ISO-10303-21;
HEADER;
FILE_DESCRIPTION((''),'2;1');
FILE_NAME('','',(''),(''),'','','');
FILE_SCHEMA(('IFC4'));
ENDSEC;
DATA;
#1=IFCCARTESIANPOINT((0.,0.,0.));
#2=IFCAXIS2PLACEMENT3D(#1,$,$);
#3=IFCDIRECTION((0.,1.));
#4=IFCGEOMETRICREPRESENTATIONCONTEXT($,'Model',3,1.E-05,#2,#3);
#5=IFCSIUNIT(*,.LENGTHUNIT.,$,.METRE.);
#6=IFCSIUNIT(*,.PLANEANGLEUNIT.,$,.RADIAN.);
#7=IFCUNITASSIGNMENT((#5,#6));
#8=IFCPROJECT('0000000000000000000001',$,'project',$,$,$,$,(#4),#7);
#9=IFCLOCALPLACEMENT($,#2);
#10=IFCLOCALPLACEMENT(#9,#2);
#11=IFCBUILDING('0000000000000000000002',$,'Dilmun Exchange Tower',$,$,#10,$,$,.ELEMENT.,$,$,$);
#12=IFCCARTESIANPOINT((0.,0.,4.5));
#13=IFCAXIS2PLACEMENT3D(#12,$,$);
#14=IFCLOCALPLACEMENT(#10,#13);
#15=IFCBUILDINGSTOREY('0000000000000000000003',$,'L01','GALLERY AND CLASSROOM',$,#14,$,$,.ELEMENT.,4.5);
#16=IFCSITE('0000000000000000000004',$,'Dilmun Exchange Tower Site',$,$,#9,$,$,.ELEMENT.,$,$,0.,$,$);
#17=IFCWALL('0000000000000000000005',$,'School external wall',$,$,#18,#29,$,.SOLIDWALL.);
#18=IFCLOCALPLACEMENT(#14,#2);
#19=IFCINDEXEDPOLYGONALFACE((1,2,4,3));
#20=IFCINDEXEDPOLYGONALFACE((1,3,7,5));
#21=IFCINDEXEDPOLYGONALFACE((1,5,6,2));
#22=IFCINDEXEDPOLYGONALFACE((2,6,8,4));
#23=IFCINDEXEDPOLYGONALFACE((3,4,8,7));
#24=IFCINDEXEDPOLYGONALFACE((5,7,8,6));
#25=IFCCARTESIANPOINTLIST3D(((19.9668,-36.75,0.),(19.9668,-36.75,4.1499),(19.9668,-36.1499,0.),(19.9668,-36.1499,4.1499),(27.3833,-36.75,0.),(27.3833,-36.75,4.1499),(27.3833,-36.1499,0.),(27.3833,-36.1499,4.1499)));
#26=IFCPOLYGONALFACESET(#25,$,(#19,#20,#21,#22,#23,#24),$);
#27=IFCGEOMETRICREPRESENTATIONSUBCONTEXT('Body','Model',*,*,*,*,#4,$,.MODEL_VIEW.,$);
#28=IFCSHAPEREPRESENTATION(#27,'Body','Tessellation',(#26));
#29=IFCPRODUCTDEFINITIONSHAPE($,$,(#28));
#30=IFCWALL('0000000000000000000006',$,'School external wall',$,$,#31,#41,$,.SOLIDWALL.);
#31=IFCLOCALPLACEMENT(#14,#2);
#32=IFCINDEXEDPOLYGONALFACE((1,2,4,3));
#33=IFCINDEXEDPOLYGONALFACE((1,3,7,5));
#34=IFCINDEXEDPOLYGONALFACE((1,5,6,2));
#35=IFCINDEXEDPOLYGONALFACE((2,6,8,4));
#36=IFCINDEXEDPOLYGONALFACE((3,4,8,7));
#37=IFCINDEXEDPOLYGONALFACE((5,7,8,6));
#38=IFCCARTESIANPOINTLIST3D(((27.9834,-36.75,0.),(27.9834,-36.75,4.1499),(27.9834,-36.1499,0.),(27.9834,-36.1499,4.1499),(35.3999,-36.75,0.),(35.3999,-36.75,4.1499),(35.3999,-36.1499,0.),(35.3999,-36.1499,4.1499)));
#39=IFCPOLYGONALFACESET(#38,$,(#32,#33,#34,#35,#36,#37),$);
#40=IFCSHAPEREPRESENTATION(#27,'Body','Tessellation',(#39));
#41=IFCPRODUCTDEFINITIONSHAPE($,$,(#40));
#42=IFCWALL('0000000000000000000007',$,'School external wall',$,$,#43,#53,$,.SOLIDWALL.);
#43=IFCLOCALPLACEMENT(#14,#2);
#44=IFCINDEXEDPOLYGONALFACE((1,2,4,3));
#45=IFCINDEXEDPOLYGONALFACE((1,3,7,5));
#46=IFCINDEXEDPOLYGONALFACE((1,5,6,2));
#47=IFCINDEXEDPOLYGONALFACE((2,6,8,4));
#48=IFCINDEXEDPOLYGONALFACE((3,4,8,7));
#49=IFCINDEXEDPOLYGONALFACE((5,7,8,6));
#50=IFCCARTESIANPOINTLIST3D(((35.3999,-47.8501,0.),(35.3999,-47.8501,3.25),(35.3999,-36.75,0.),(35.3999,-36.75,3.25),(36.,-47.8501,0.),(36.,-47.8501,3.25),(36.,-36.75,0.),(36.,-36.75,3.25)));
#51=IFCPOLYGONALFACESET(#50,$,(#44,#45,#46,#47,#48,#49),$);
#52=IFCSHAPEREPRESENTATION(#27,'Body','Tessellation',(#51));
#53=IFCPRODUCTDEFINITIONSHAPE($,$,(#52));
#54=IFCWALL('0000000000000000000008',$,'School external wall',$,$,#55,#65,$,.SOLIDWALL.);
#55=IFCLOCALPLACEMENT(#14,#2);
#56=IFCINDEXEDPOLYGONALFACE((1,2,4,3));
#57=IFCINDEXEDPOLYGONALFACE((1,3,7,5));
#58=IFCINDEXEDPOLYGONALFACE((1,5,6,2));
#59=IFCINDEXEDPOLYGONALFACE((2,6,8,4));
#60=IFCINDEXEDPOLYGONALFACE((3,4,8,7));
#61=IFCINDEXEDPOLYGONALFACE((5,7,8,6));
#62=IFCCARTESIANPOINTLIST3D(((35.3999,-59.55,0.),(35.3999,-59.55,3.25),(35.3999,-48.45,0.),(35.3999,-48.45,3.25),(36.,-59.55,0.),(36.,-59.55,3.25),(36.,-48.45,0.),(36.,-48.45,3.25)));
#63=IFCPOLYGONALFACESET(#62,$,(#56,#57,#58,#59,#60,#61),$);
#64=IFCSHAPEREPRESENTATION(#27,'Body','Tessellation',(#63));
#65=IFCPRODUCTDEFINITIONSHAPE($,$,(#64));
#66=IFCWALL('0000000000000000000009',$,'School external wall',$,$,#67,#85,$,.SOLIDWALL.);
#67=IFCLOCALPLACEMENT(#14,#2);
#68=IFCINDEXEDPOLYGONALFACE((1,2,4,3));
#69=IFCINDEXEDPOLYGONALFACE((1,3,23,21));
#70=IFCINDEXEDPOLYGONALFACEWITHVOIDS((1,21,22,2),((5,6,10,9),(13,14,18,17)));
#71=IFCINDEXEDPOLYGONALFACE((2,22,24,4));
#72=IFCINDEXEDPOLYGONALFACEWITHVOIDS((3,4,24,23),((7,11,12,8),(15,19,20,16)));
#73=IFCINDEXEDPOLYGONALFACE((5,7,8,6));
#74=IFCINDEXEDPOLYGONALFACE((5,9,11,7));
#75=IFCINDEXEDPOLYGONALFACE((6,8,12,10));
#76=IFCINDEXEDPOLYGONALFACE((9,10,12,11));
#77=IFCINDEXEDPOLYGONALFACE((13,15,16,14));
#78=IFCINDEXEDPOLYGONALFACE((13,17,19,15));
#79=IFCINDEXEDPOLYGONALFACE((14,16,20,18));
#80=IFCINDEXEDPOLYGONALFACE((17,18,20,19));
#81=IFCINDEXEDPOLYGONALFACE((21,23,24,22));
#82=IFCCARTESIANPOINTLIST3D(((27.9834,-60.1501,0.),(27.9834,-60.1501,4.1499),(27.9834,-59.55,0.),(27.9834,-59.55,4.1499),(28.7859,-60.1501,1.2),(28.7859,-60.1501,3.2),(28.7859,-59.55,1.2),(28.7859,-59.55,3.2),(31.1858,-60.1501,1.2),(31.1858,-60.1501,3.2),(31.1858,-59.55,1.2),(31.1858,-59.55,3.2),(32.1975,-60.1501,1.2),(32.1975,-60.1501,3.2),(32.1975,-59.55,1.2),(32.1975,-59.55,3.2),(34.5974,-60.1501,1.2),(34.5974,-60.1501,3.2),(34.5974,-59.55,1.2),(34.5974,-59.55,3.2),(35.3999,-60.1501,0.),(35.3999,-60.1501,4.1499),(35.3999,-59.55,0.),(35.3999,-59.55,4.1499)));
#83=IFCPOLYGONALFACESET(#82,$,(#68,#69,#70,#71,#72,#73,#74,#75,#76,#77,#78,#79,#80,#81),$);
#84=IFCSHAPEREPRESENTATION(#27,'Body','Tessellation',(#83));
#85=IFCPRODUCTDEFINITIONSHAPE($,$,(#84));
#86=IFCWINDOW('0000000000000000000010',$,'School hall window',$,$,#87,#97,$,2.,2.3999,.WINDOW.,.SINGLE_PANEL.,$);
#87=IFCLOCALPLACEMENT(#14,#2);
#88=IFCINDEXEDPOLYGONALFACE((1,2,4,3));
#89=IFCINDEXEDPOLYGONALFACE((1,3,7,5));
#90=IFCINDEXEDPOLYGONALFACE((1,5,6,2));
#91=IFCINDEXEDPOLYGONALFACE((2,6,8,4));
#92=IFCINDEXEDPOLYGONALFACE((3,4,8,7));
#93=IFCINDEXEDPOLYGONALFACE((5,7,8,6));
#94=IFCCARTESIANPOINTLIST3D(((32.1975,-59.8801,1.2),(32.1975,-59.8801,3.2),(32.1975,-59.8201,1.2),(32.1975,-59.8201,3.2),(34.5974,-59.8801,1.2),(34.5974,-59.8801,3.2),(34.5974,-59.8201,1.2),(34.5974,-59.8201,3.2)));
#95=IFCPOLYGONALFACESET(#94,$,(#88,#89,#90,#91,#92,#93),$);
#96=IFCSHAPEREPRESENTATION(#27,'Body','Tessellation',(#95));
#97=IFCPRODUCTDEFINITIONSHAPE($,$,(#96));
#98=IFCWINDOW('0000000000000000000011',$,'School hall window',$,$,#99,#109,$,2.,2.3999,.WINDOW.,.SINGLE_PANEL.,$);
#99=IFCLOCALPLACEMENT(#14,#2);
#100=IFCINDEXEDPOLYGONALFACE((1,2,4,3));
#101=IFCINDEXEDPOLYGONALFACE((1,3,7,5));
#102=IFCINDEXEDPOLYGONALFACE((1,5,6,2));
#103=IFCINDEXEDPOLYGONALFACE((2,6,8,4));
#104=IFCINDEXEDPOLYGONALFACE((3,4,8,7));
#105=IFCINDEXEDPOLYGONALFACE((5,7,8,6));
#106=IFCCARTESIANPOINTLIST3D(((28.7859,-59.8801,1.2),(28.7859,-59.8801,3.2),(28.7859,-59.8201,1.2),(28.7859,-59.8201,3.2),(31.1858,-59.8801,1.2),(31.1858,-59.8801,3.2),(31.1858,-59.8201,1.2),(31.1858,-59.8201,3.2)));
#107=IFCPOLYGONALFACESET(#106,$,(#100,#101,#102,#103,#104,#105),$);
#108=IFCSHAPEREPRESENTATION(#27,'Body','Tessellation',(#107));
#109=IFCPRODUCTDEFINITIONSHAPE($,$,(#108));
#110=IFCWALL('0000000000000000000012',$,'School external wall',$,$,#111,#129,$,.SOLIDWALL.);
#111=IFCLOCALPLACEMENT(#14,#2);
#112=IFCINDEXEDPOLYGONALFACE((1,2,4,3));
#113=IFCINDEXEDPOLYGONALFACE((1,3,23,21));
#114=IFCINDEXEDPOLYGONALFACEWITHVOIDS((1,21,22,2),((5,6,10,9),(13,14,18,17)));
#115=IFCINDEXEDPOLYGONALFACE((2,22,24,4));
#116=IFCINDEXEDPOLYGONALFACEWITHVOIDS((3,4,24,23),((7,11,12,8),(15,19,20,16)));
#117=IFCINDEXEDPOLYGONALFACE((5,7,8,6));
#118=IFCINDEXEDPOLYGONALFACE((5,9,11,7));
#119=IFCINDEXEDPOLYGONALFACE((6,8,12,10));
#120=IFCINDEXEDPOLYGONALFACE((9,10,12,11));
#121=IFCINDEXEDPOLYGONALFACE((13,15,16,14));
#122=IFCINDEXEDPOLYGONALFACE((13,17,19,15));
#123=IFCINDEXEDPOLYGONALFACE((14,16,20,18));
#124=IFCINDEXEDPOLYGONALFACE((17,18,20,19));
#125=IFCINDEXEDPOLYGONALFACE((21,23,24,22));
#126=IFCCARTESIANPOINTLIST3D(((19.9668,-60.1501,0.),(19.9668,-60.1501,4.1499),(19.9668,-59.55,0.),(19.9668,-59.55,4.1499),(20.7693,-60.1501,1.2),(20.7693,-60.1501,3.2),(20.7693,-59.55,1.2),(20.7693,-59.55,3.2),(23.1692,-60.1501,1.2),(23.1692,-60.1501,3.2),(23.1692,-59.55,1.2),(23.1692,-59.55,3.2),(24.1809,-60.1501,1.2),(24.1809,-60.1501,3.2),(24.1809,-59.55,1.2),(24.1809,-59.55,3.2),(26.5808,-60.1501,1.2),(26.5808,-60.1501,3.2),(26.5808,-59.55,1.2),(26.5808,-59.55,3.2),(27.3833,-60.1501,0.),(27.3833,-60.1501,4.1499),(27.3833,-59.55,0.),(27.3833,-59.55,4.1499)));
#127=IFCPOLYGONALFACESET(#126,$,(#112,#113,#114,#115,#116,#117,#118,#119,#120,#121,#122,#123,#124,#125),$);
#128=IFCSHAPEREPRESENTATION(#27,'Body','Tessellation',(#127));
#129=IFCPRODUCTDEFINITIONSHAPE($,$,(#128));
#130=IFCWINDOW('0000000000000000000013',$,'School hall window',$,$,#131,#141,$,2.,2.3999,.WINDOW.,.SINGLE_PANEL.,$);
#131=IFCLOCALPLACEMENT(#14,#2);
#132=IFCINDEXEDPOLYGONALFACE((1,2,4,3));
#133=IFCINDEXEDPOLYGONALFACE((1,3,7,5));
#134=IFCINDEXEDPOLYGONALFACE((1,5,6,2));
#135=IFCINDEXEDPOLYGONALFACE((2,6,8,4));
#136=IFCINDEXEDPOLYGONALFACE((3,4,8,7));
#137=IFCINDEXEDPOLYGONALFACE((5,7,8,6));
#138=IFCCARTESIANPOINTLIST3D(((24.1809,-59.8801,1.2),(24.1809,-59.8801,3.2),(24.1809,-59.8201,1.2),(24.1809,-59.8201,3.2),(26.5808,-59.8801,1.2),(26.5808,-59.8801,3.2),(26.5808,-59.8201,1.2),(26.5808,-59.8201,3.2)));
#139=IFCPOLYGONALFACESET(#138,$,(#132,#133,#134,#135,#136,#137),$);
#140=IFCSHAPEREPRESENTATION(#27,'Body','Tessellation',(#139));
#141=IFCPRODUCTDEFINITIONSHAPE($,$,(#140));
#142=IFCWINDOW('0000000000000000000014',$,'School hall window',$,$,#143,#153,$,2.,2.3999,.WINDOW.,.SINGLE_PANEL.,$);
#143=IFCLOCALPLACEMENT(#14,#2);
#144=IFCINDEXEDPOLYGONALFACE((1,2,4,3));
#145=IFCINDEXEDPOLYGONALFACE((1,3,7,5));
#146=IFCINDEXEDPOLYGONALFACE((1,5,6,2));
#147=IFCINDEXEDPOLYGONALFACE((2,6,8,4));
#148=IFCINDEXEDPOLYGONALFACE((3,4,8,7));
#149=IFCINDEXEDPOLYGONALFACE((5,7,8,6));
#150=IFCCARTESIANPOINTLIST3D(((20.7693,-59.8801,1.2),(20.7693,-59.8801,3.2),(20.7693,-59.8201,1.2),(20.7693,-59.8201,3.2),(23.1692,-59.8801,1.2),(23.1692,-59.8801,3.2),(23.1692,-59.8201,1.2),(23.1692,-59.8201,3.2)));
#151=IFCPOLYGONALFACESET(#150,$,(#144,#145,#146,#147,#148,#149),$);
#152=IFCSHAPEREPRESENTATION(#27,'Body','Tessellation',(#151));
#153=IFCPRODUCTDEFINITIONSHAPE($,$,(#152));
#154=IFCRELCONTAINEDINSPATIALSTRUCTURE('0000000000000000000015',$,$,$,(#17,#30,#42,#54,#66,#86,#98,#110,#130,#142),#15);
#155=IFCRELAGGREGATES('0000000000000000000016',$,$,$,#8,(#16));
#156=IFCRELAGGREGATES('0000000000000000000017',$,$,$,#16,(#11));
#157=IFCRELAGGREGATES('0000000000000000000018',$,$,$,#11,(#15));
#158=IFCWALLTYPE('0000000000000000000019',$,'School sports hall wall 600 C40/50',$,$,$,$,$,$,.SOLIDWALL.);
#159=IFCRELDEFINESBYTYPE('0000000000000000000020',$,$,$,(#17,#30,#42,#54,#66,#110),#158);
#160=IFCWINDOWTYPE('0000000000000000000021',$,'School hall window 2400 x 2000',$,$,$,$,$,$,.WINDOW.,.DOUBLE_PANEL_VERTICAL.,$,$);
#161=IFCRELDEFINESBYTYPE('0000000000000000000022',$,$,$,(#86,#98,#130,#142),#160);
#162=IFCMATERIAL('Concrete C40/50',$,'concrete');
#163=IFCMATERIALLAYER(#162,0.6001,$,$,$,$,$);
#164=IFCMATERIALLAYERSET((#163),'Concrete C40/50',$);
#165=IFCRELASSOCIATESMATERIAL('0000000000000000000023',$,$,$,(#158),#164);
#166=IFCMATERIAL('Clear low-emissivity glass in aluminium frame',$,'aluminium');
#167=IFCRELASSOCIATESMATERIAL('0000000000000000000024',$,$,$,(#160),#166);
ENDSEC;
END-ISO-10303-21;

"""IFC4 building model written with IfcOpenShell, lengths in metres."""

from ifc_helpers import new_model, si_unit, direction, frame, frame_2d, origin, place, context, subcontext, project, spatial, rectangle, extrude, material, layer, layer_set, type_object, element, fill, save


model = new_model("IFC4")

# Units and contexts
model_context = context("Model", 3, precision=1e-05, world=origin(), true_north=direction((0.0, 1.0)))
body_context = subcontext(model_context, "Body", "Model", "MODEL_VIEW")
ifc_project = project(units=[si_unit("LENGTHUNIT", "METRE"), si_unit("PLANEANGLEUNIT", "RADIAN")], contexts=[model_context])

# Site, building, storey
site_placement = place(None, origin())
site = spatial("IfcSite", under=ifc_project, at=site_placement, Name="Dilmun Exchange Tower Site", CompositionType="ELEMENT", RefElevation=0.0)
building_placement = place(site_placement, origin())
building = spatial("IfcBuilding", under=site, at=building_placement, Name="Dilmun Exchange Tower", CompositionType="ELEMENT")
storey_placement = place(building_placement, frame((0.0, 0.0, 4.5)))
storey = spatial("IfcBuildingStorey", under=building, at=storey_placement, Name="L01", Description="GALLERY AND CLASSROOM", CompositionType="ELEMENT", Elevation=4.5)

# Shared definitions
ifc_material_1 = material(Name="Concrete C40/50", Category="concrete")

# Walls
ifc_layer = layer(ifc_material_1, 0.6001)
ifc_layer_set = layer_set([ifc_layer], Name="Concrete C40/50")
wall_type = type_object("IfcWallType", Name="School sports hall wall 600 C40/50", PredefinedType="SOLIDWALL", material=ifc_layer_set)
for number, where, z_axis, x_axis, name in (
    (1, (19.9668, -36.45, 0.0), (0.0, 0.0, 1.0), (1.0, 0.0, 0.0), "School external wall"),
    (2, (27.9834, -36.45, 0.0), (0.0, 0.0, 1.0), (1.0, 0.0, 0.0), "School external wall"),
):
    element("IfcWall", number, at=place(storey_placement, frame(where, z_axis=z_axis, x_axis=x_axis)), inside=storey, type_object=wall_type, Name=name, PredefinedType="SOLIDWALL", context=body_context, shape_type="SweptSolid", body=[
        extrude(rectangle(XDim=7.4165, YDim=0.6001, at=frame_2d((3.7083, 0.0))), origin(), (0.0, 0.0, 1.0), 4.1499),
    ])
for number, where, z_axis, x_axis, name in (
    (3, (35.7, -36.75, 0.0), (0.0, 0.0, 1.0), (0.0, -1.0, 0.0), "School external wall"),
    (4, (35.7, -48.45, 0.0), (0.0, 0.0, 1.0), (0.0, -1.0, 0.0), "School external wall"),
):
    element("IfcWall", number, at=place(storey_placement, frame(where, z_axis=z_axis, x_axis=x_axis)), inside=storey, type_object=wall_type, Name=name, PredefinedType="SOLIDWALL", context=body_context, shape_type="SweptSolid", body=[
        extrude(rectangle(XDim=11.1001, YDim=0.6001, at=frame_2d((5.55, 0.0))), origin(), (0.0, 0.0, 1.0), 3.25),
    ])

# Walls, openings, windows
wall_1_placement = place(storey_placement, frame((35.3999, -59.8501, 0.0), z_axis=(0.0, 0.0, 1.0), x_axis=(-1.0, 0.0, 0.0)))
wall_1 = element("IfcWall", 5, at=wall_1_placement, inside=storey, type_object=wall_type, Name="School external wall", PredefinedType="SOLIDWALL", context=body_context, shape_type="SweptSolid", body=[
    extrude(rectangle(XDim=7.4165, YDim=0.6001, at=frame_2d((3.7083, 0.0))), origin(), (0.0, 0.0, 1.0), 4.1499),
])
opening_1_placement = place(wall_1_placement, frame((0.8025, 0.0, 1.2)))
opening_1 = element("IfcOpeningElement", 6, at=opening_1_placement, cuts=wall_1, PredefinedType="OPENING", context=body_context, shape_type="SweptSolid", body=[
    extrude(rectangle(XDim=2.3999, YDim=2.0, at=frame_2d((1.2, 1.0))), frame((0.0, 0.3101, 0.0), z_axis=(0.0, -1.0, 0.0), x_axis=(1.0, 0.0, 0.0)), (0.0, 0.0, 1.0), 0.6201),
])
opening_2_placement = place(wall_1_placement, frame((4.2141, 0.0, 1.2)))
opening_2 = element("IfcOpeningElement", 7, at=opening_2_placement, cuts=wall_1, PredefinedType="OPENING", context=body_context, shape_type="SweptSolid", body=[
    extrude(rectangle(XDim=2.3999, YDim=2.0, at=frame_2d((1.2, 1.0))), frame((0.0, 0.3101, 0.0), z_axis=(0.0, -1.0, 0.0), x_axis=(1.0, 0.0, 0.0)), (0.0, 0.0, 1.0), 0.6201),
])
ifc_material_2 = material(Name="Clear low-emissivity glass in aluminium frame", Category="aluminium")
window_type = type_object("IfcWindowType", Name="School hall window 2400 x 2000", PartitioningType="DOUBLE_PANEL_VERTICAL", PredefinedType="WINDOW", material=ifc_material_2)
window_1_placement = place(opening_1_placement, origin())
window_1 = element("IfcWindow", 8, at=window_1_placement, inside=storey, type_object=window_type, Name="School hall window", OverallHeight=2.0, OverallWidth=2.3999, PartitioningType="SINGLE_PANEL", PredefinedType="WINDOW", context=body_context, shape_type="SweptSolid", body=[
    extrude(rectangle(XDim=2.3999, YDim=2.0, at=frame_2d((1.2, 1.0))), frame((0.0, 0.03, 0.0), z_axis=(0.0, -1.0, 0.0), x_axis=(1.0, 0.0, 0.0)), (0.0, 0.0, 1.0), 0.0601),
])
fill(opening_1, window_1)
window_2_placement = place(opening_2_placement, origin())
window_2 = element("IfcWindow", 9, at=window_2_placement, inside=storey, type_object=window_type, Name="School hall window", OverallHeight=2.0, OverallWidth=2.3999, PartitioningType="SINGLE_PANEL", PredefinedType="WINDOW", context=body_context, shape_type="SweptSolid", body=[
    extrude(rectangle(XDim=2.3999, YDim=2.0, at=frame_2d((1.2, 1.0))), frame((0.0, 0.03, 0.0), z_axis=(0.0, -1.0, 0.0), x_axis=(1.0, 0.0, 0.0)), (0.0, 0.0, 1.0), 0.0601),
])
fill(opening_2, window_2)
wall_2_placement = place(storey_placement, frame((27.3833, -59.8501, 0.0), z_axis=(0.0, 0.0, 1.0), x_axis=(-1.0, 0.0, 0.0)))
wall_2 = element("IfcWall", 10, at=wall_2_placement, inside=storey, type_object=wall_type, Name="School external wall", PredefinedType="SOLIDWALL", context=body_context, shape_type="SweptSolid", body=[
    extrude(rectangle(XDim=7.4165, YDim=0.6001, at=frame_2d((3.7083, 0.0))), origin(), (0.0, 0.0, 1.0), 4.1499),
])
opening_3_placement = place(wall_2_placement, frame((0.8025, 0.0, 1.2)))
opening_3 = element("IfcOpeningElement", 11, at=opening_3_placement, cuts=wall_2, PredefinedType="OPENING", context=body_context, shape_type="SweptSolid", body=[
    extrude(rectangle(XDim=2.3999, YDim=2.0, at=frame_2d((1.2, 1.0))), frame((0.0, 0.3101, 0.0), z_axis=(0.0, -1.0, 0.0), x_axis=(1.0, 0.0, 0.0)), (0.0, 0.0, 1.0), 0.6201),
])
opening_4_placement = place(wall_2_placement, frame((4.2141, 0.0, 1.2)))
opening_4 = element("IfcOpeningElement", 12, at=opening_4_placement, cuts=wall_2, PredefinedType="OPENING", context=body_context, shape_type="SweptSolid", body=[
    extrude(rectangle(XDim=2.3999, YDim=2.0, at=frame_2d((1.2, 1.0))), frame((0.0, 0.3101, 0.0), z_axis=(0.0, -1.0, 0.0), x_axis=(1.0, 0.0, 0.0)), (0.0, 0.0, 1.0), 0.6201),
])
window_3_placement = place(opening_3_placement, origin())
window_3 = element("IfcWindow", 13, at=window_3_placement, inside=storey, type_object=window_type, Name="School hall window", OverallHeight=2.0, OverallWidth=2.3999, PartitioningType="SINGLE_PANEL", PredefinedType="WINDOW", context=body_context, shape_type="SweptSolid", body=[
    extrude(rectangle(XDim=2.3999, YDim=2.0, at=frame_2d((1.2, 1.0))), frame((0.0, 0.03, 0.0), z_axis=(0.0, -1.0, 0.0), x_axis=(1.0, 0.0, 0.0)), (0.0, 0.0, 1.0), 0.0601),
])
fill(opening_3, window_3)
window_4_placement = place(opening_4_placement, origin())
window_4 = element("IfcWindow", 14, at=window_4_placement, inside=storey, type_object=window_type, Name="School hall window", OverallHeight=2.0, OverallWidth=2.3999, PartitioningType="SINGLE_PANEL", PredefinedType="WINDOW", context=body_context, shape_type="SweptSolid", body=[
    extrude(rectangle(XDim=2.3999, YDim=2.0, at=frame_2d((1.2, 1.0))), frame((0.0, 0.03, 0.0), z_axis=(0.0, -1.0, 0.0), x_axis=(1.0, 0.0, 0.0)), (0.0, 0.0, 1.0), 0.0601),
])
fill(opening_4, window_4)

save(model, "model.ifc")
